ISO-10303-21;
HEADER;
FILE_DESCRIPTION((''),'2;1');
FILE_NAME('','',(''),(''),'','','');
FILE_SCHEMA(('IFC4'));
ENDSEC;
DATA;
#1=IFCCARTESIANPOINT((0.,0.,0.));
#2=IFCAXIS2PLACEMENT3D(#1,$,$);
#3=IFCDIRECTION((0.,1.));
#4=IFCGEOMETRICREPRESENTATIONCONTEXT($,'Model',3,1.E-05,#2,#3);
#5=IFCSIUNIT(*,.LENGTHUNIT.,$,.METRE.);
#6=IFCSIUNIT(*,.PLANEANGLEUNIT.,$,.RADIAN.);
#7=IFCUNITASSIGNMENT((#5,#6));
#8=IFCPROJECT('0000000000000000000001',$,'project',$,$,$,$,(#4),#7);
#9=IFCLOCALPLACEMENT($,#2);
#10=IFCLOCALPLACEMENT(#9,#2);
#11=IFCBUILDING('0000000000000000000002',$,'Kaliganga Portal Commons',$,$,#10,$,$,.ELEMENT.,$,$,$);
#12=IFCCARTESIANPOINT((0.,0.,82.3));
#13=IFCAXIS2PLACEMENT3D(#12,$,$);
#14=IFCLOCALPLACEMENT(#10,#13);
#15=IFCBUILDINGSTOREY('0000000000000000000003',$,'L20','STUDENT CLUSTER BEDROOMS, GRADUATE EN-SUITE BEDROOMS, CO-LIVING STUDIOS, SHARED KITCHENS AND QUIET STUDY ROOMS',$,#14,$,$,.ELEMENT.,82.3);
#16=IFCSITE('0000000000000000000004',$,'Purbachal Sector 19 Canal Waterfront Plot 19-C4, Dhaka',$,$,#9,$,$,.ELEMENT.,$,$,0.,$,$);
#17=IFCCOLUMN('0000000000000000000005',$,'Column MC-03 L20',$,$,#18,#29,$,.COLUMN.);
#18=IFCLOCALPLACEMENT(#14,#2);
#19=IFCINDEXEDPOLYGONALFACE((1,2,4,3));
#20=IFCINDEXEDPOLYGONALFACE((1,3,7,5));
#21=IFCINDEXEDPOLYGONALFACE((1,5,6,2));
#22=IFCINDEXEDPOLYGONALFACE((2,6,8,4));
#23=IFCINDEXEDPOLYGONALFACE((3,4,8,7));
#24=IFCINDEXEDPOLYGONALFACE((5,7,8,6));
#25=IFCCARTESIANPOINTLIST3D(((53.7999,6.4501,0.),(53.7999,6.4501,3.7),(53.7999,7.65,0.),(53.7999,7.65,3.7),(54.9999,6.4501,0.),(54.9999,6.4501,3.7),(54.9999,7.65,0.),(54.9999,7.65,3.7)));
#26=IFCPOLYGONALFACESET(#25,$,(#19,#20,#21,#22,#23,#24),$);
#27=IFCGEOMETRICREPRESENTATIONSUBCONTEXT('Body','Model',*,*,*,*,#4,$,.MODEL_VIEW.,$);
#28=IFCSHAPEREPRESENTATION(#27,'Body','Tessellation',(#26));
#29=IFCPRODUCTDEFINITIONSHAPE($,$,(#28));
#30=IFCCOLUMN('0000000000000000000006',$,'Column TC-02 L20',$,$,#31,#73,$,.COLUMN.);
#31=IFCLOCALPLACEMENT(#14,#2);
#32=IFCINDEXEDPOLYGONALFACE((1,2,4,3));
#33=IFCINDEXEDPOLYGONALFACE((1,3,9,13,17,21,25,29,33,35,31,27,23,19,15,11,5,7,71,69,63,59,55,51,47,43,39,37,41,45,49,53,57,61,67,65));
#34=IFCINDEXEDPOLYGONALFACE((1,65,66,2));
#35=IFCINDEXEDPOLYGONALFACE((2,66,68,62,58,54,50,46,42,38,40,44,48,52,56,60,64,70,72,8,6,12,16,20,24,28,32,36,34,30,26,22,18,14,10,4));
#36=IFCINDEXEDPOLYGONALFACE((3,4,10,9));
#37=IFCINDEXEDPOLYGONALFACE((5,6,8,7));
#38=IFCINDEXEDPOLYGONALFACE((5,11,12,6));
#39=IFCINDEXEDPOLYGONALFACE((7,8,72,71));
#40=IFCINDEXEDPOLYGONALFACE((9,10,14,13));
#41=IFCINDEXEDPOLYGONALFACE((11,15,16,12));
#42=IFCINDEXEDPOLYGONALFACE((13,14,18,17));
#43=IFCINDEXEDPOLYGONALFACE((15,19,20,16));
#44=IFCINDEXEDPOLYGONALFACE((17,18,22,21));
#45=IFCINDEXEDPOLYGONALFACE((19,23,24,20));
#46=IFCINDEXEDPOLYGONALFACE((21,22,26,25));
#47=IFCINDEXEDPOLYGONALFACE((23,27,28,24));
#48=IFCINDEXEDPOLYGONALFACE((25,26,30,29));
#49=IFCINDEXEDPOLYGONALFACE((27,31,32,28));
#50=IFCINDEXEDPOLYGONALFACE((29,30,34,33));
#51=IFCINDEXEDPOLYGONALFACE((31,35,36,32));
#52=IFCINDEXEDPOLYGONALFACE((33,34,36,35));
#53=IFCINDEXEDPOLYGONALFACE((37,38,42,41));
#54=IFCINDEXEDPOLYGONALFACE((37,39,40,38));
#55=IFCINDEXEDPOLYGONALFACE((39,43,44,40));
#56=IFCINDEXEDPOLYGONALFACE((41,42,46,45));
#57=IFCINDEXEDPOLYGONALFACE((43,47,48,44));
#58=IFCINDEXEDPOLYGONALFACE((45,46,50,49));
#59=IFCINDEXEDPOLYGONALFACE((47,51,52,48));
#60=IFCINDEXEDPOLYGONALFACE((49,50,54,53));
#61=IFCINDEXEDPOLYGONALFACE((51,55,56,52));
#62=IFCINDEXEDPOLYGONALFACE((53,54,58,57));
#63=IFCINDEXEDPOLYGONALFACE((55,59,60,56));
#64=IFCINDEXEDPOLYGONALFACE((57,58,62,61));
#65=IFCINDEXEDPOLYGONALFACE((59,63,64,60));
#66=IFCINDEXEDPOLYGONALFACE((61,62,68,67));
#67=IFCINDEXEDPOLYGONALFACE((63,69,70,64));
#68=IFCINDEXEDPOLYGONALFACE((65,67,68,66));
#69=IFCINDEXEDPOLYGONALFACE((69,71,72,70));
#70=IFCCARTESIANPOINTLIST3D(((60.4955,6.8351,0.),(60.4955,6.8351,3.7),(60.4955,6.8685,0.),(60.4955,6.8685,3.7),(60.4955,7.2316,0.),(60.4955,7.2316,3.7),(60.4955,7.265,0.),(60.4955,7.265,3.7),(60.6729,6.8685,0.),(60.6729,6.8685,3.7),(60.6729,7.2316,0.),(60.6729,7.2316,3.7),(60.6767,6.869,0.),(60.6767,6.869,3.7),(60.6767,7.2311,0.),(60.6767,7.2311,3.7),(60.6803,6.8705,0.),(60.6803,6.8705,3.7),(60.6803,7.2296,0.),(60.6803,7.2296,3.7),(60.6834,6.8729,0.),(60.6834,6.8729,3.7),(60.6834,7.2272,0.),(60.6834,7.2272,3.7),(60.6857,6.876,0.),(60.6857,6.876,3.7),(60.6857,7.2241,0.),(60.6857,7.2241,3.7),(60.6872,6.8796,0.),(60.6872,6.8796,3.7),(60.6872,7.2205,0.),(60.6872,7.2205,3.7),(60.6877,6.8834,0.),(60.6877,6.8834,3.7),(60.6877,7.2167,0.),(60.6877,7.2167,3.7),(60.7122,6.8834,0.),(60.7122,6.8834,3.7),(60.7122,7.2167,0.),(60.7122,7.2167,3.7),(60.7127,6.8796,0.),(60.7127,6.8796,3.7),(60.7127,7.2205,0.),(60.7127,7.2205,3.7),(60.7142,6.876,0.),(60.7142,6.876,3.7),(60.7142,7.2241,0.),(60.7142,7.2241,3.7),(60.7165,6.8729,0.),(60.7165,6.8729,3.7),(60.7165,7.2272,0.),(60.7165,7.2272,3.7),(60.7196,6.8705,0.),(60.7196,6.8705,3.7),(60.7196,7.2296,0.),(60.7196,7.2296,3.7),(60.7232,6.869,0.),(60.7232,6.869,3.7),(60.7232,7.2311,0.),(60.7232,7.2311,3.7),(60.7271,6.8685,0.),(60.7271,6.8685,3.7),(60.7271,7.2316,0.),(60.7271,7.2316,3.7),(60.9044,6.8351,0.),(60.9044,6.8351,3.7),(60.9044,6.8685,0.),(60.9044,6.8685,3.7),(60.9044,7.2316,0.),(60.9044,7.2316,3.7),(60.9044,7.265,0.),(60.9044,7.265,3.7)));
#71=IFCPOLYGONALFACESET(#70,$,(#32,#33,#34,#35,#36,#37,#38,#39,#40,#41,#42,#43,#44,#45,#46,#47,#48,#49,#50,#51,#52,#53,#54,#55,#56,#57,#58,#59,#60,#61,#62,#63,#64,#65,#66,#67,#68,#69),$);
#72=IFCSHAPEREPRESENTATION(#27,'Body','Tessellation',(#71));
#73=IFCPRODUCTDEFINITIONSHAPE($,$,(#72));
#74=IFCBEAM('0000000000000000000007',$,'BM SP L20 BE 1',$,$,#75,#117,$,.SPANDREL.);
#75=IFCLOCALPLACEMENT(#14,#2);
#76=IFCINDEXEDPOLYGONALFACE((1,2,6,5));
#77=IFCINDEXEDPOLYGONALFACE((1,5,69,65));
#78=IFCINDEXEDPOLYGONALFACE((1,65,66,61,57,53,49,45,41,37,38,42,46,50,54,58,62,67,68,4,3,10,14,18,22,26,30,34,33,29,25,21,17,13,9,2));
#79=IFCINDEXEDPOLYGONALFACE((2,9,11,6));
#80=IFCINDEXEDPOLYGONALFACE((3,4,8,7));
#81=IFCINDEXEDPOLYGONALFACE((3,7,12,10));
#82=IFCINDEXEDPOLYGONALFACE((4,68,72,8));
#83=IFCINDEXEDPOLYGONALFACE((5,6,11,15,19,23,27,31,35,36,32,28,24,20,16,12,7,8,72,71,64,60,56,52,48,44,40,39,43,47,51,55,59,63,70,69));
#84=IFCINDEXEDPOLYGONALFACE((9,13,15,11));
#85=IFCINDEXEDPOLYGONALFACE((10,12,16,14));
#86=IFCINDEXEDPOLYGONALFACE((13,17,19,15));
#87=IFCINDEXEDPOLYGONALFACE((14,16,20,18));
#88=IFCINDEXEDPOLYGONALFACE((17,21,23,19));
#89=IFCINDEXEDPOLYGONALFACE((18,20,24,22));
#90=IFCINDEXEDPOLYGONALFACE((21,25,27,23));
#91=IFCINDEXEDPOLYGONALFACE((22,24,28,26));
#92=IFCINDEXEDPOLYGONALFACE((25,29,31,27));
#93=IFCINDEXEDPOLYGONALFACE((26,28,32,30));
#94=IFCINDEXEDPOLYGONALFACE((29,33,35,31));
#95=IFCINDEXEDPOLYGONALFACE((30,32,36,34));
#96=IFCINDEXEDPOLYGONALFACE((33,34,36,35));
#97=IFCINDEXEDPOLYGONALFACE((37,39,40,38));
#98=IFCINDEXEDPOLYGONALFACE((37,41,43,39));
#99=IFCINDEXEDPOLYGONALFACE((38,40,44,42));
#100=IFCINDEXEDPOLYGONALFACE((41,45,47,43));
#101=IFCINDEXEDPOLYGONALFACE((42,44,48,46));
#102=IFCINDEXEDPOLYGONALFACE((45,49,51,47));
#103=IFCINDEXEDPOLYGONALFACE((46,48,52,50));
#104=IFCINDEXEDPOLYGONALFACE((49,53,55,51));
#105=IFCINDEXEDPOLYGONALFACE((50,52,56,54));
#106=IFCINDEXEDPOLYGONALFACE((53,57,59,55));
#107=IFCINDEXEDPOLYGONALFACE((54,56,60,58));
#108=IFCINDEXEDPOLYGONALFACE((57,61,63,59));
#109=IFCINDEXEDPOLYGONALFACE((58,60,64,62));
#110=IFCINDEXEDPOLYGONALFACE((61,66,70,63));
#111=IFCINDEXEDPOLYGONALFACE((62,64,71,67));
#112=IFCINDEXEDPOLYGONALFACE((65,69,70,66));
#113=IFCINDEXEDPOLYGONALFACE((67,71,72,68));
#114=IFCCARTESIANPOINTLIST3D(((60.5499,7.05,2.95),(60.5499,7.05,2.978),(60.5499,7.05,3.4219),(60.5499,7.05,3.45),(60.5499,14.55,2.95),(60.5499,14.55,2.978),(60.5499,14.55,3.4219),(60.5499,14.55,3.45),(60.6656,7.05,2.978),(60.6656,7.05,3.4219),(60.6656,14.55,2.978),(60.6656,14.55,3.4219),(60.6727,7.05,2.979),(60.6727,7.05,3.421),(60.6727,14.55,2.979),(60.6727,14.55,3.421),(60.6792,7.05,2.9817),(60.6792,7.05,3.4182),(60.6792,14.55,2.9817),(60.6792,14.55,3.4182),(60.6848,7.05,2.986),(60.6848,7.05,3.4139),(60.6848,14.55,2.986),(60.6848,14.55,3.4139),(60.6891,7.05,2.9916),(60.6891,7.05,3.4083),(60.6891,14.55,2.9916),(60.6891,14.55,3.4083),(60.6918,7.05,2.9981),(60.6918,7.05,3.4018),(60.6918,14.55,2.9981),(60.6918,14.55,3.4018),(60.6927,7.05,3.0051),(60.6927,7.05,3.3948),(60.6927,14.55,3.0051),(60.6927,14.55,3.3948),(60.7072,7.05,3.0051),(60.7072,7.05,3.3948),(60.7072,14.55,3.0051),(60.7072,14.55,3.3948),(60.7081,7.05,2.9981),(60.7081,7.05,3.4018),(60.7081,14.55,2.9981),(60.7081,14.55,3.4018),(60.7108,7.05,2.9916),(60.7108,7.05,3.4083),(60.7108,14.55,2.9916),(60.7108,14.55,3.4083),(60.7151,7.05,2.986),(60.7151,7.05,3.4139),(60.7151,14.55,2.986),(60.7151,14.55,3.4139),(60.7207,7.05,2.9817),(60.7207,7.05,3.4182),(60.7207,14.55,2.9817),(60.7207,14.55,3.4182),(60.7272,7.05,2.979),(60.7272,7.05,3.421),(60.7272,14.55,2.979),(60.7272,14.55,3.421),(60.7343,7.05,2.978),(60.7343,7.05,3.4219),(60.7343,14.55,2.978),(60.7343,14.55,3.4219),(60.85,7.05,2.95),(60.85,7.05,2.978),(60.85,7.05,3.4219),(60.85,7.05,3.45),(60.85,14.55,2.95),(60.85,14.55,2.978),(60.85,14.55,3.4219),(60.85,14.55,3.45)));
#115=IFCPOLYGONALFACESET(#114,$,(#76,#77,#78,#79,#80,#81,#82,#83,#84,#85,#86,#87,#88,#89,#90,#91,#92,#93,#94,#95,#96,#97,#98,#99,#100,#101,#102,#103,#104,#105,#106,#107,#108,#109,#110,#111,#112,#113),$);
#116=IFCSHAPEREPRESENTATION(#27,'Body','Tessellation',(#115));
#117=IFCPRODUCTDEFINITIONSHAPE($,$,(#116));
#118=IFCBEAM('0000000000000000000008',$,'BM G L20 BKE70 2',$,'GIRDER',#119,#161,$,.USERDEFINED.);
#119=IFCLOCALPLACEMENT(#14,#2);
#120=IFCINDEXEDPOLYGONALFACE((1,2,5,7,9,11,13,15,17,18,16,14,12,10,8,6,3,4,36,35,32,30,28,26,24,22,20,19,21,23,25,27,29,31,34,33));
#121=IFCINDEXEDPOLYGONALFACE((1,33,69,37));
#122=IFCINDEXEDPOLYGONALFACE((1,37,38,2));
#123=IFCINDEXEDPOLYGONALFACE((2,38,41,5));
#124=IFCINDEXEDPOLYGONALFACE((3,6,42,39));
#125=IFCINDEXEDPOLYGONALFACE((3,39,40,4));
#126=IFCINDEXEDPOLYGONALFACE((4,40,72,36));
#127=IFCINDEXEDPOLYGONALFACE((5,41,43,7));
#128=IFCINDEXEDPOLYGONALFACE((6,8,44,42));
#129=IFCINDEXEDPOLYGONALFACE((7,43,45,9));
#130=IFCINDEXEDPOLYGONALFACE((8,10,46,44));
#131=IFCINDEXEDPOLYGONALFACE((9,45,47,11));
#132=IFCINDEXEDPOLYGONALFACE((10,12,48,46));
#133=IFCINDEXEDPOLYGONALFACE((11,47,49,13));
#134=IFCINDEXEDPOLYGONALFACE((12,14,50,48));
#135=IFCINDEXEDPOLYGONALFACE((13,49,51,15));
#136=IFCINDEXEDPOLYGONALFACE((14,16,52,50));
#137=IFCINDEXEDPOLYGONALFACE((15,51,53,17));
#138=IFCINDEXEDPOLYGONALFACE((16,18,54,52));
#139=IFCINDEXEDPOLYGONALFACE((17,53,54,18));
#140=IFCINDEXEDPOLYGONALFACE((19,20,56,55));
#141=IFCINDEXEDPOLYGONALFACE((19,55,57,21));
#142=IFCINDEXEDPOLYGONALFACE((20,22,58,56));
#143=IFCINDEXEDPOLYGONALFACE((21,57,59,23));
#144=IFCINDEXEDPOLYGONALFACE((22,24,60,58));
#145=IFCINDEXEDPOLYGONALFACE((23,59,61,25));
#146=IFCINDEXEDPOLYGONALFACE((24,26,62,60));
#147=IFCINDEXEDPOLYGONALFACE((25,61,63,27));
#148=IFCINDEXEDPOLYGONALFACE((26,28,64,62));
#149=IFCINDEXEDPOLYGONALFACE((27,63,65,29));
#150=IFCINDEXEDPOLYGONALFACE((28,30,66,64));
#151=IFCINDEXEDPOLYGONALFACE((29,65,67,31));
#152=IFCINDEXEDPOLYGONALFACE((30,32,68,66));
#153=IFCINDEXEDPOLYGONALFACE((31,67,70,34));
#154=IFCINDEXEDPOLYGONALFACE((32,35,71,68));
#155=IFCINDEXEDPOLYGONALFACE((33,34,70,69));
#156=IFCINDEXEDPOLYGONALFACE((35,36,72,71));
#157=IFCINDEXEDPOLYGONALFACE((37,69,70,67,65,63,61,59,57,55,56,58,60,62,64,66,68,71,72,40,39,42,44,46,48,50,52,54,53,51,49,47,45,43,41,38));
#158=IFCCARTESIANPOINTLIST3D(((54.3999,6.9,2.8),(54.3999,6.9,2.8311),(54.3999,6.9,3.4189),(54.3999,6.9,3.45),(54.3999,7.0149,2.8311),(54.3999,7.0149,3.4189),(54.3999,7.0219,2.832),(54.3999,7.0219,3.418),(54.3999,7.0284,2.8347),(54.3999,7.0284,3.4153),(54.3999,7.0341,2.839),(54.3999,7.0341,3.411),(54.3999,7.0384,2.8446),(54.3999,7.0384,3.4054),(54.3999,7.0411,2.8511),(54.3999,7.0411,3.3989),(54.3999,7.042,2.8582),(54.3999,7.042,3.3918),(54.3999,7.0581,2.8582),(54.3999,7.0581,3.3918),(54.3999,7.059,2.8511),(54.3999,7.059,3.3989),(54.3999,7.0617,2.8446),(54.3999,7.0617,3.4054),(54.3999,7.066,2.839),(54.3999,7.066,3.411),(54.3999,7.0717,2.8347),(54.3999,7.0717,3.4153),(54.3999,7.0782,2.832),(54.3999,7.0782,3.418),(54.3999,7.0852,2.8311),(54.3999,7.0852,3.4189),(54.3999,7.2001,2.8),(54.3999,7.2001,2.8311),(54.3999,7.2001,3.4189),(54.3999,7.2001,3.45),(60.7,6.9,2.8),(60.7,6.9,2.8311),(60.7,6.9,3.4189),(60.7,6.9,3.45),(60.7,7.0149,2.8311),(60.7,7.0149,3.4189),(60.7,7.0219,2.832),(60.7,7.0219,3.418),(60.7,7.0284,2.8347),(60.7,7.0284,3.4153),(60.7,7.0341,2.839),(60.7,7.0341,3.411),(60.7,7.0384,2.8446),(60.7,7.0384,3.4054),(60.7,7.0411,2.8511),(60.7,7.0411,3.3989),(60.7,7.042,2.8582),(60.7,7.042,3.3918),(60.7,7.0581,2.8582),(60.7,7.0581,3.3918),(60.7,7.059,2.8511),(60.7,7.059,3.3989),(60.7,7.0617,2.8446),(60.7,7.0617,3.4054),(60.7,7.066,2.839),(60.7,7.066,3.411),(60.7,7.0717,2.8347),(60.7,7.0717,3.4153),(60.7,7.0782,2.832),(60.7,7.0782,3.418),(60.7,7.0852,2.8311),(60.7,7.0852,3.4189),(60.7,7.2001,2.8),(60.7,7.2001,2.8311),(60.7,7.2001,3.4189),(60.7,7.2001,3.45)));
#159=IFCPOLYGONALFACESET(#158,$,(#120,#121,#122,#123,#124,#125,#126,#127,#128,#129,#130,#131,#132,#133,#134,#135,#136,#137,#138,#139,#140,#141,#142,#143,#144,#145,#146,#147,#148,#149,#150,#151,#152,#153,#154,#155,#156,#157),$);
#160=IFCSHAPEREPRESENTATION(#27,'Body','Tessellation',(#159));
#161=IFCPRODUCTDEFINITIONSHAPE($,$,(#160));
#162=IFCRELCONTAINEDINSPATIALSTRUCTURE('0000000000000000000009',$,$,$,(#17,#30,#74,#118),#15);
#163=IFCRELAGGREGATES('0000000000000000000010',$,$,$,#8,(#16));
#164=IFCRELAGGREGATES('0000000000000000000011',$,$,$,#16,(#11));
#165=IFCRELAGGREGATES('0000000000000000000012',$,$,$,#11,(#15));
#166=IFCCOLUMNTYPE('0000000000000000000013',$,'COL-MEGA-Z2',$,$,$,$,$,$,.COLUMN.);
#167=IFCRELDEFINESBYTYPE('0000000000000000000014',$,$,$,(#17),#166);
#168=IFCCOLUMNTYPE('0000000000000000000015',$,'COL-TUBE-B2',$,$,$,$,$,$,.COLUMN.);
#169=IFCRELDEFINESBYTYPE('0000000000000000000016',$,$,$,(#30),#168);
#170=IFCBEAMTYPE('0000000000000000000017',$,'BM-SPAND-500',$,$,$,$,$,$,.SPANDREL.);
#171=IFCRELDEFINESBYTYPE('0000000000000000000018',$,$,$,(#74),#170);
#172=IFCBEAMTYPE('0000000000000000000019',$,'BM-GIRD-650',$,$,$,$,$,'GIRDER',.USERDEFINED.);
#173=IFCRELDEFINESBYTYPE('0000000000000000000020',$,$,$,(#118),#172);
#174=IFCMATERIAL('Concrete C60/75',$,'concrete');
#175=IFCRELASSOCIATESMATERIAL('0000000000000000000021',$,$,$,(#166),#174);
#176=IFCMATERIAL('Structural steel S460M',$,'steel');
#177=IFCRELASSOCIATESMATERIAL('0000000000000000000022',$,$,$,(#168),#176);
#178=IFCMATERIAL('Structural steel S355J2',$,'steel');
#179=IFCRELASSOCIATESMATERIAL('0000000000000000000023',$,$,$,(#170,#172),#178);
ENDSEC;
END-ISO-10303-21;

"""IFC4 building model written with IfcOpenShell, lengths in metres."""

from ifc_helpers import new_model, si_unit, direction, frame, origin, origin_2d, place, context, subcontext, project, spatial, rectangle, i_section, extrude, source, transform, mapped, material, material_profile, profile_set, type_object, element, save


model = new_model("IFC4")

# Units and contexts
model_context = context("Model", 3, precision=1e-05, world=origin(), true_north=direction((0.0, 1.0)))
body_context = subcontext(model_context, "Body", "Model", "MODEL_VIEW")
ifc_project = project(units=[si_unit("LENGTHUNIT", "METRE"), si_unit("PLANEANGLEUNIT", "RADIAN")], contexts=[model_context])

# Site, building, storey
site_placement = place(None, origin())
site = spatial("IfcSite", under=ifc_project, at=site_placement, Name="Purbachal Sector 19 Canal Waterfront Plot 19-C4, Dhaka", CompositionType="ELEMENT", RefElevation=0.0)
building_placement = place(site_placement, origin())
building = spatial("IfcBuilding", under=site, at=building_placement, Name="Kaliganga Portal Commons", CompositionType="ELEMENT")
storey_placement = place(building_placement, frame((0.0, 0.0, 82.3)))
storey = spatial("IfcBuildingStorey", under=building, at=storey_placement, Name="L20", Description="STUDENT CLUSTER BEDROOMS, GRADUATE EN-SUITE BEDROOMS, CO-LIVING STUDIOS, SHARED KITCHENS AND QUIET STUDY ROOMS", CompositionType="ELEMENT", Elevation=82.3)

# Columns
ifc_material_1 = material(Name="Concrete C60/75", Category="concrete")
ifc_material_profile_1 = material_profile(ifc_material_1, rectangle(XDim=1.2, YDim=1.2, at=origin_2d()), Name="RC 1200x1200")
ifc_profile_set_1 = profile_set([ifc_material_profile_1], Name="Concrete C60/75")
column_type_1 = type_object("IfcColumnType", Name="COL-MEGA-Z2", PredefinedType="COLUMN", material=ifc_profile_set_1)
shared_shape_1 = source(origin(), body_context, "Body", "SweptSolid", [
    extrude(rectangle(XDim=1.2, YDim=1.2, at=origin_2d()), origin(), (0.0, 0.0, 1.0), 3.7),
])
column_1_placement = place(storey_placement, frame((54.3999, 7.05, 0.0), z_axis=(0.0, 0.0, 1.0), x_axis=(1.0, 0.0, 0.0)))
element("IfcColumn", 1, at=column_1_placement, inside=storey, type_object=column_type_1, Name="Column MC-03 L20", PredefinedType="COLUMN", context=body_context, shape_type="MappedRepresentation", body=[
    mapped(shared_shape_1, transform((0.0, 0.0, 0.0), x_axis=(1.0, 0.0, 0.0), y_axis=(0.0, 1.0, 0.0), z_axis=(0.0, 0.0, 1.0), scale=1.0)),
])
ifc_material_2 = material(Name="Structural steel S460M", Category="steel")
ifc_material_profile_2 = material_profile(ifc_material_2, i_section(OverallWidth=0.4089, OverallDepth=0.4299, WebThickness=0.0244, FlangeThickness=0.0334, FilletRadius=0.0149, at=origin_2d()), Name="HD 400x421")
ifc_profile_set_2 = profile_set([ifc_material_profile_2], Name="Structural steel S460M wide-flange")
column_type_2 = type_object("IfcColumnType", Name="COL-TUBE-B2", PredefinedType="COLUMN", material=ifc_profile_set_2)
shared_shape_2 = source(origin(), body_context, "Body", "SweptSolid", [
    extrude(i_section(OverallWidth=0.4089, OverallDepth=0.4299, WebThickness=0.0244, FlangeThickness=0.0334, FilletRadius=0.0149, at=origin_2d()), origin(), (0.0, 0.0, 1.0), 3.7),
])
column_2_placement = place(storey_placement, frame((60.7, 7.05, 0.0), z_axis=(0.0, 0.0, 1.0), x_axis=(1.0, 0.0, 0.0)))
element("IfcColumn", 2, at=column_2_placement, inside=storey, type_object=column_type_2, Name="Column TC-02 L20", PredefinedType="COLUMN", context=body_context, shape_type="MappedRepresentation", body=[
    mapped(shared_shape_2, transform((0.0, 0.0, 0.0), x_axis=(1.0, 0.0, 0.0), y_axis=(0.0, 1.0, 0.0), z_axis=(0.0, 0.0, 1.0), scale=1.0)),
])

# Beams
ifc_material_3 = material(Name="Structural steel S355J2", Category="steel")
ifc_material_profile_3 = material_profile(ifc_material_3, i_section(OverallWidth=0.3, OverallDepth=0.5, WebThickness=0.0144, FlangeThickness=0.0281, FilletRadius=0.0271, at=origin_2d()), Name="HE 500 B")
ifc_profile_set_3 = profile_set([ifc_material_profile_3], Name="Structural steel S355J2 wide-flange")
beam_type_1 = type_object("IfcBeamType", Name="BM-SPAND-500", PredefinedType="SPANDREL", material=ifc_profile_set_3)
shared_shape_3 = source(origin(), body_context, "Body", "SweptSolid", [
    extrude(i_section(OverallWidth=0.3, OverallDepth=0.5, WebThickness=0.0144, FlangeThickness=0.0281, FilletRadius=0.0271, at=origin_2d()), origin(), (0.0, 0.0, 1.0), 7.5),
])
beam_1_placement = place(storey_placement, frame((60.7, 7.05, 3.2), z_axis=(0.0, 1.0, 0.0), x_axis=(-1.0, 0.0, 0.0)))
element("IfcBeam", 3, at=beam_1_placement, inside=storey, type_object=beam_type_1, Name="BM SP L20 BE 1", PredefinedType="SPANDREL", context=body_context, shape_type="MappedRepresentation", body=[
    mapped(shared_shape_3, transform((0.0, 0.0, 0.0), x_axis=(1.0, 0.0, 0.0), y_axis=(0.0, 1.0, 0.0), z_axis=(0.0, 0.0, 1.0), scale=1.0)),
])
ifc_material_profile_4 = material_profile(ifc_material_3, i_section(OverallWidth=0.3, OverallDepth=0.6499, WebThickness=0.0161, FlangeThickness=0.031, FilletRadius=0.0271, at=origin_2d()), Name="HE 650 B")
ifc_profile_set_4 = profile_set([ifc_material_profile_4], Name="Structural steel S355J2 wide-flange")
beam_type_2 = type_object("IfcBeamType", Name="BM-GIRD-650", ElementType="GIRDER", PredefinedType="USERDEFINED", material=ifc_profile_set_4)
shared_shape_4 = source(origin(), body_context, "Body", "SweptSolid", [
    extrude(i_section(OverallWidth=0.3, OverallDepth=0.6499, WebThickness=0.0161, FlangeThickness=0.031, FilletRadius=0.0271, at=origin_2d()), origin(), (0.0, 0.0, 1.0), 6.3),
])
beam_2_placement = place(storey_placement, frame((54.3999, 7.05, 3.125), z_axis=(1.0, 0.0, 0.0), x_axis=(0.0, 1.0, 0.0)))
element("IfcBeam", 4, at=beam_2_placement, inside=storey, type_object=beam_type_2, Name="BM G L20 BKE70 2", ObjectType="GIRDER", PredefinedType="USERDEFINED", context=body_context, shape_type="MappedRepresentation", body=[
    mapped(shared_shape_4, transform((0.0, 0.0, 0.0), x_axis=(1.0, 0.0, 0.0), y_axis=(0.0, 1.0, 0.0), z_axis=(0.0, 0.0, 1.0), scale=1.0)),
])

save(model, "model.ifc")
